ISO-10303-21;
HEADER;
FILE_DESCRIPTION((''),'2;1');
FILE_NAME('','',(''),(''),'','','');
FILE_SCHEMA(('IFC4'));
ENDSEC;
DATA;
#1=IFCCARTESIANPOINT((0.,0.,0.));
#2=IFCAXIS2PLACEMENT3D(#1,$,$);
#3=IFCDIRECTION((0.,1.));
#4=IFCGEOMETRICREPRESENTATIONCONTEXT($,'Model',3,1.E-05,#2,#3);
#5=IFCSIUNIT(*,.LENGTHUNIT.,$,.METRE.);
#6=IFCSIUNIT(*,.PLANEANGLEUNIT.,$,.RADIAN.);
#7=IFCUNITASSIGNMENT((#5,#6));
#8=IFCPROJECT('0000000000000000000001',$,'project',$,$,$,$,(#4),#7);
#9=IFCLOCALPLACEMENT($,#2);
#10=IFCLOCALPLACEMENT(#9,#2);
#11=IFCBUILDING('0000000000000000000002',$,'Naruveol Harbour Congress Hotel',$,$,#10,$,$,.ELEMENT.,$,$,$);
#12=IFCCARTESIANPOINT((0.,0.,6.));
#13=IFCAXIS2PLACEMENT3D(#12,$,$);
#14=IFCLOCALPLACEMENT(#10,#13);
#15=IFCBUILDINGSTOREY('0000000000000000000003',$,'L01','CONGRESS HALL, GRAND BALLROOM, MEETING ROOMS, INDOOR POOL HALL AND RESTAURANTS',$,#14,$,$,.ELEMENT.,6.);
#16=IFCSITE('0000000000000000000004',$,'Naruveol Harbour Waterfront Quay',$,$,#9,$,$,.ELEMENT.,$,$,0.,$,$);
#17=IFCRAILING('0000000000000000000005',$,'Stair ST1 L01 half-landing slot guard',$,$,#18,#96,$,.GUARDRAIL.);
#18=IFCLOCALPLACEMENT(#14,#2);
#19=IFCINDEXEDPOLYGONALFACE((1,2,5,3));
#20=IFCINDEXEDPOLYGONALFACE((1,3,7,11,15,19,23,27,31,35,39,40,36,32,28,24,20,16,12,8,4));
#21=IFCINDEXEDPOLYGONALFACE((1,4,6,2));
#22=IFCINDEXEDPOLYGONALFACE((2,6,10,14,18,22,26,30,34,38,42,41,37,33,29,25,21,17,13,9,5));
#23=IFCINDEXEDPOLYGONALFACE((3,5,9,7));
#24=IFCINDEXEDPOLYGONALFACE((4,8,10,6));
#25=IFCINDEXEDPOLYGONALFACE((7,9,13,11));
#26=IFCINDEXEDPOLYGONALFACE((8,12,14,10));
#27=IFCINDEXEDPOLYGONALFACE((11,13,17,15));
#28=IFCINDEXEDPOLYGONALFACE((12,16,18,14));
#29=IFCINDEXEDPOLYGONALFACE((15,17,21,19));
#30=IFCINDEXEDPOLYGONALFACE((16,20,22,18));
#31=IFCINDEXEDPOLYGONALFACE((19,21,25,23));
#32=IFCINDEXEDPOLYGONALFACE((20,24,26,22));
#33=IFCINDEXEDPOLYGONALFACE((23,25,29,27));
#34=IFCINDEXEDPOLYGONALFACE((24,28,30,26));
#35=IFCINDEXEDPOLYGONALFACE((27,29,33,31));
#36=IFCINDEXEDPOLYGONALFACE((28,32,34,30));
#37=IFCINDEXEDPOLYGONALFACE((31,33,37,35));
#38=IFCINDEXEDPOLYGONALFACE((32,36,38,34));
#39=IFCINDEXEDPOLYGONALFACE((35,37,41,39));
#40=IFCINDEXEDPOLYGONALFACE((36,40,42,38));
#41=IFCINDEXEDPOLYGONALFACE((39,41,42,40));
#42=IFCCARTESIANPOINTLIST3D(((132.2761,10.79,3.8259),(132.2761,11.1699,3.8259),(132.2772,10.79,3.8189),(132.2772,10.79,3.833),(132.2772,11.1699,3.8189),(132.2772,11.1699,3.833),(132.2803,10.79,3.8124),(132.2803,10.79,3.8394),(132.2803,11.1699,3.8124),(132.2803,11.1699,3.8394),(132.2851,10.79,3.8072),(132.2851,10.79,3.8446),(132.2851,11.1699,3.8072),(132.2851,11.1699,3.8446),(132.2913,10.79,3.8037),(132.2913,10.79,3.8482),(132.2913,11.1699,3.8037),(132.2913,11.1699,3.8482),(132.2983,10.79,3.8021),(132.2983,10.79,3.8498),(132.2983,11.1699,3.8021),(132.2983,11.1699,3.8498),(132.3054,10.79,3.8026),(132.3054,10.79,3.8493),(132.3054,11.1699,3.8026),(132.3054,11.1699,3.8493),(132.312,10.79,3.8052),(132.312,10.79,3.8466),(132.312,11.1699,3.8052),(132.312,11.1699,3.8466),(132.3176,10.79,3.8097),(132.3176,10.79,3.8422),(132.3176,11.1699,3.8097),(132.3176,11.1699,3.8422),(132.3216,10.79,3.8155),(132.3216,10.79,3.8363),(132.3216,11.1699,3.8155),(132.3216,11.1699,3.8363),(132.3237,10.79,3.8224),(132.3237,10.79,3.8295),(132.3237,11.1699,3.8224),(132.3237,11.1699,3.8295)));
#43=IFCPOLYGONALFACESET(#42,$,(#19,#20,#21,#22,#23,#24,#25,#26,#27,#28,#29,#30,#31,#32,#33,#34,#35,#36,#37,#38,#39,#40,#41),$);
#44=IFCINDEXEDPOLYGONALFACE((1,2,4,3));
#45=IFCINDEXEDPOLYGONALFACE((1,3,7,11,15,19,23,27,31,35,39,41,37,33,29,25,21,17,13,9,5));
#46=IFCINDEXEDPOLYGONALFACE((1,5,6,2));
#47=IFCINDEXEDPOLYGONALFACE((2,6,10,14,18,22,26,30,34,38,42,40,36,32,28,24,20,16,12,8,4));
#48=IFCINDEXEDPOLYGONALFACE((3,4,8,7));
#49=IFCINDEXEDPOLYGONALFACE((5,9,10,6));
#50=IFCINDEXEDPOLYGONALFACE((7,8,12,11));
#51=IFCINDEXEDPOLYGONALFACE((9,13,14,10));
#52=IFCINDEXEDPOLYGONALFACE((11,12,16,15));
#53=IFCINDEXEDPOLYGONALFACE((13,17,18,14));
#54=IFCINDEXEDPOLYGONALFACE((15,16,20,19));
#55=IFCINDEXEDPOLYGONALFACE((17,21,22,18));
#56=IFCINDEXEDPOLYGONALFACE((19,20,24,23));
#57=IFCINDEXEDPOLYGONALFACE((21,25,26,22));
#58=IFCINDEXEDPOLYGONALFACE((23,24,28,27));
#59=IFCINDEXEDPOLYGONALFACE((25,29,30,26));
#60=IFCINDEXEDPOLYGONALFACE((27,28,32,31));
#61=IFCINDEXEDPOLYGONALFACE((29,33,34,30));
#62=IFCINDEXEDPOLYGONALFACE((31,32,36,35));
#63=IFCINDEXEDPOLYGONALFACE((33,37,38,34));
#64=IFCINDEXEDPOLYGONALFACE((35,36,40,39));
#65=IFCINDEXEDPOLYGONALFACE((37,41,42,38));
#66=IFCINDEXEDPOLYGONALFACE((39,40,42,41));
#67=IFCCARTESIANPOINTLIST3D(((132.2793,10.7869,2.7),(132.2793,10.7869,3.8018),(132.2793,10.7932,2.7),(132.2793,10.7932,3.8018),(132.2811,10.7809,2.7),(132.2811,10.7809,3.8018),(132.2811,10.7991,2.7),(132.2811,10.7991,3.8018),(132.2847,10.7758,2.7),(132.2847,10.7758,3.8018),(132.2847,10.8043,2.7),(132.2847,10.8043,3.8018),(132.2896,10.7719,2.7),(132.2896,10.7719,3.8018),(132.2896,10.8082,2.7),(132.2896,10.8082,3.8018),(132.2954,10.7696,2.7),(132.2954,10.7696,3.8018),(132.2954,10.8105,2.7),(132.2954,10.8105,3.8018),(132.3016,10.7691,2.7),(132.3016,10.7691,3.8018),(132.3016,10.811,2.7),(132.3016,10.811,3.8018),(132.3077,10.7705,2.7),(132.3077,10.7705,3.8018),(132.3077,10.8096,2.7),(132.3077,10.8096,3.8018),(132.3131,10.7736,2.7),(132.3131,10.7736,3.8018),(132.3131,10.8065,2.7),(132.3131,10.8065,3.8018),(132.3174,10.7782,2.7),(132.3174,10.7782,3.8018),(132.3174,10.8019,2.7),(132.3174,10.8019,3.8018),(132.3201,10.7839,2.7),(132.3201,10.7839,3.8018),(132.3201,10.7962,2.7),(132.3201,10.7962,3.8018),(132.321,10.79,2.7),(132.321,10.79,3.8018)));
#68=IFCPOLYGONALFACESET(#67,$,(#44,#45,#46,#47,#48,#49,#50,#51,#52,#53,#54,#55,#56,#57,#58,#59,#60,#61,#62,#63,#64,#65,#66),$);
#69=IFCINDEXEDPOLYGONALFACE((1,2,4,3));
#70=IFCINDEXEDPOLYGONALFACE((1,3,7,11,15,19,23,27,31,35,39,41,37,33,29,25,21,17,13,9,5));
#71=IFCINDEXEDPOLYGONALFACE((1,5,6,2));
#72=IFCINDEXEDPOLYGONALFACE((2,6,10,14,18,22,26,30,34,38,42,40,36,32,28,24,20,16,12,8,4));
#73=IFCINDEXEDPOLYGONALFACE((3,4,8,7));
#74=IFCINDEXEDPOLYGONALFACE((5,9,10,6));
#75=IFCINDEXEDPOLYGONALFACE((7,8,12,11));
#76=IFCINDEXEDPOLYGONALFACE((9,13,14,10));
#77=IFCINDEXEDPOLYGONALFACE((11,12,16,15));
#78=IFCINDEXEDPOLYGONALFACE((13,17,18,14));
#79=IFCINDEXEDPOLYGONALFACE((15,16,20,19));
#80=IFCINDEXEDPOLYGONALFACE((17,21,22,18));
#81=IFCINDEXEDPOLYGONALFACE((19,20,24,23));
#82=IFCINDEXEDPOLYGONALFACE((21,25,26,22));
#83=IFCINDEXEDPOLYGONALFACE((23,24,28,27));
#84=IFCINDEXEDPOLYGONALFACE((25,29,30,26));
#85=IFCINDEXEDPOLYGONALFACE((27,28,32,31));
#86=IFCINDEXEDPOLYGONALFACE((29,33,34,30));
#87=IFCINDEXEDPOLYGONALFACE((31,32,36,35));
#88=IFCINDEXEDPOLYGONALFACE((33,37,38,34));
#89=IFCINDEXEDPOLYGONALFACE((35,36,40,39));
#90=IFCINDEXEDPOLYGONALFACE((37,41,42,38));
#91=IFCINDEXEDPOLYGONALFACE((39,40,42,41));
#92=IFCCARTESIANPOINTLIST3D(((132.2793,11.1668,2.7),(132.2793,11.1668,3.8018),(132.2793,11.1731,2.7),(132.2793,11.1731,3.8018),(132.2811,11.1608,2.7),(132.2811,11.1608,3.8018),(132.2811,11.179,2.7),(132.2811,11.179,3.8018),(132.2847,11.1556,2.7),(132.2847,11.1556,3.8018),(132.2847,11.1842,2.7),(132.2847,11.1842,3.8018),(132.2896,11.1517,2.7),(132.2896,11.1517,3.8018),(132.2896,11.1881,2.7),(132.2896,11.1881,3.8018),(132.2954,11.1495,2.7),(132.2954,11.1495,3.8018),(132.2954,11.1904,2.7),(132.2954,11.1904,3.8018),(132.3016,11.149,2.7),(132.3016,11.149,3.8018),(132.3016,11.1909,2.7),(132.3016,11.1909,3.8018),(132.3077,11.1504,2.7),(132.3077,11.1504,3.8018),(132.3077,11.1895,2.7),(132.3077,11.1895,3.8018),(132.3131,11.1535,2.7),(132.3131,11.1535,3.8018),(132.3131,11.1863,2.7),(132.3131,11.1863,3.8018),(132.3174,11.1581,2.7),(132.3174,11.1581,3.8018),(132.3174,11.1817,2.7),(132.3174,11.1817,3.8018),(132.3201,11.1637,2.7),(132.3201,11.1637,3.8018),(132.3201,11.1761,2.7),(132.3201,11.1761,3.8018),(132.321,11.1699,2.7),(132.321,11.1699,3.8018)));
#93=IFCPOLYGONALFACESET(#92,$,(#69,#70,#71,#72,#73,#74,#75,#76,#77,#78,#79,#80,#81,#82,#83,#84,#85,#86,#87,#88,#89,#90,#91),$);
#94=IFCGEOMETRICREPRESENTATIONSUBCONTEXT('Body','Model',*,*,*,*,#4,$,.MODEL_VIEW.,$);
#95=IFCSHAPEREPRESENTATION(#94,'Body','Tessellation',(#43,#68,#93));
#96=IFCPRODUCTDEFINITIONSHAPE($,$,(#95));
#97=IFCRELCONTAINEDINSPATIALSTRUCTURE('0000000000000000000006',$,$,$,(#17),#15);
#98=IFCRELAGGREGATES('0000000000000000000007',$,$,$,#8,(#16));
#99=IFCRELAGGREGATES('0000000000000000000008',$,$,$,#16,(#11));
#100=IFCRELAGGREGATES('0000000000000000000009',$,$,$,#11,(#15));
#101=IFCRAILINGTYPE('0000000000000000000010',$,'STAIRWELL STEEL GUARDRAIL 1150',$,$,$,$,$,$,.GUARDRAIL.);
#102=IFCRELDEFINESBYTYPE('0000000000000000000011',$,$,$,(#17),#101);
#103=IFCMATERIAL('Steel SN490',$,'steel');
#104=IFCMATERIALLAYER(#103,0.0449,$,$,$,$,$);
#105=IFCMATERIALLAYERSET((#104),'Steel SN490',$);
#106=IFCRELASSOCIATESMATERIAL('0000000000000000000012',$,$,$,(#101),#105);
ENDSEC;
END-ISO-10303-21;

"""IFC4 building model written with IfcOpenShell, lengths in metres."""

from ifc_helpers import new_model, si_unit, direction, frame, origin, origin_2d, place, context, subcontext, project, spatial, circle, extrude, material, layer, layer_set, type_object, element, save


model = new_model("IFC4")

# Units and contexts
model_context = context("Model", 3, precision=1e-05, world=origin(), true_north=direction((0.0, 1.0)))
body_context = subcontext(model_context, "Body", "Model", "MODEL_VIEW")
ifc_project = project(units=[si_unit("LENGTHUNIT", "METRE"), si_unit("PLANEANGLEUNIT", "RADIAN")], contexts=[model_context])

# Site, building, storey
site_placement = place(None, origin())
site = spatial("IfcSite", under=ifc_project, at=site_placement, Name="Naruveol Harbour Waterfront Quay", CompositionType="ELEMENT", RefElevation=0.0)
building_placement = place(site_placement, origin())
building = spatial("IfcBuilding", under=site, at=building_placement, Name="Naruveol Harbour Congress Hotel", CompositionType="ELEMENT")
storey_placement = place(building_placement, frame((0.0, 0.0, 6.0)))
storey = spatial("IfcBuildingStorey", under=building, at=storey_placement, Name="L01", Description="CONGRESS HALL, GRAND BALLROOM, MEETING ROOMS, INDOOR POOL HALL AND RESTAURANTS", CompositionType="ELEMENT", Elevation=6.0)

# Railing
ifc_material_1 = material(Name="Steel SN490", Category="steel")
ifc_layer_1 = layer(ifc_material_1, 0.0449)
ifc_layer_set_1 = layer_set([ifc_layer_1], Name="Steel SN490")
railing_type = type_object("IfcRailingType", Name="STAIRWELL STEEL GUARDRAIL 1150", PredefinedType="GUARDRAIL", material=ifc_layer_set_1)
railing_placement = place(storey_placement, frame((132.3, 10.79, 2.7)))
element("IfcRailing", 1, at=railing_placement, inside=storey, type_object=railing_type, Name="Stair ST1 L01 half-landing slot guard", PredefinedType="GUARDRAIL", context=body_context, shape_type="SweptSolid", body=[
    extrude(circle(Radius=0.0239, at=origin_2d()), frame((0.0, 0.0, 1.126), z_axis=(0.0, 1.0, 0.0), x_axis=(-1.0, 0.0, 0.0)), (0.0, 0.0, 1.0), 0.3799),
    extrude(circle(Radius=0.021, at=origin_2d()), origin(), (0.0, 0.0, 1.0), 1.1018),
    extrude(circle(Radius=0.021, at=origin_2d()), frame((0.0, 0.3799, 0.0)), (0.0, 0.0, 1.0), 1.1018),
])

save(model, "model.ifc")
